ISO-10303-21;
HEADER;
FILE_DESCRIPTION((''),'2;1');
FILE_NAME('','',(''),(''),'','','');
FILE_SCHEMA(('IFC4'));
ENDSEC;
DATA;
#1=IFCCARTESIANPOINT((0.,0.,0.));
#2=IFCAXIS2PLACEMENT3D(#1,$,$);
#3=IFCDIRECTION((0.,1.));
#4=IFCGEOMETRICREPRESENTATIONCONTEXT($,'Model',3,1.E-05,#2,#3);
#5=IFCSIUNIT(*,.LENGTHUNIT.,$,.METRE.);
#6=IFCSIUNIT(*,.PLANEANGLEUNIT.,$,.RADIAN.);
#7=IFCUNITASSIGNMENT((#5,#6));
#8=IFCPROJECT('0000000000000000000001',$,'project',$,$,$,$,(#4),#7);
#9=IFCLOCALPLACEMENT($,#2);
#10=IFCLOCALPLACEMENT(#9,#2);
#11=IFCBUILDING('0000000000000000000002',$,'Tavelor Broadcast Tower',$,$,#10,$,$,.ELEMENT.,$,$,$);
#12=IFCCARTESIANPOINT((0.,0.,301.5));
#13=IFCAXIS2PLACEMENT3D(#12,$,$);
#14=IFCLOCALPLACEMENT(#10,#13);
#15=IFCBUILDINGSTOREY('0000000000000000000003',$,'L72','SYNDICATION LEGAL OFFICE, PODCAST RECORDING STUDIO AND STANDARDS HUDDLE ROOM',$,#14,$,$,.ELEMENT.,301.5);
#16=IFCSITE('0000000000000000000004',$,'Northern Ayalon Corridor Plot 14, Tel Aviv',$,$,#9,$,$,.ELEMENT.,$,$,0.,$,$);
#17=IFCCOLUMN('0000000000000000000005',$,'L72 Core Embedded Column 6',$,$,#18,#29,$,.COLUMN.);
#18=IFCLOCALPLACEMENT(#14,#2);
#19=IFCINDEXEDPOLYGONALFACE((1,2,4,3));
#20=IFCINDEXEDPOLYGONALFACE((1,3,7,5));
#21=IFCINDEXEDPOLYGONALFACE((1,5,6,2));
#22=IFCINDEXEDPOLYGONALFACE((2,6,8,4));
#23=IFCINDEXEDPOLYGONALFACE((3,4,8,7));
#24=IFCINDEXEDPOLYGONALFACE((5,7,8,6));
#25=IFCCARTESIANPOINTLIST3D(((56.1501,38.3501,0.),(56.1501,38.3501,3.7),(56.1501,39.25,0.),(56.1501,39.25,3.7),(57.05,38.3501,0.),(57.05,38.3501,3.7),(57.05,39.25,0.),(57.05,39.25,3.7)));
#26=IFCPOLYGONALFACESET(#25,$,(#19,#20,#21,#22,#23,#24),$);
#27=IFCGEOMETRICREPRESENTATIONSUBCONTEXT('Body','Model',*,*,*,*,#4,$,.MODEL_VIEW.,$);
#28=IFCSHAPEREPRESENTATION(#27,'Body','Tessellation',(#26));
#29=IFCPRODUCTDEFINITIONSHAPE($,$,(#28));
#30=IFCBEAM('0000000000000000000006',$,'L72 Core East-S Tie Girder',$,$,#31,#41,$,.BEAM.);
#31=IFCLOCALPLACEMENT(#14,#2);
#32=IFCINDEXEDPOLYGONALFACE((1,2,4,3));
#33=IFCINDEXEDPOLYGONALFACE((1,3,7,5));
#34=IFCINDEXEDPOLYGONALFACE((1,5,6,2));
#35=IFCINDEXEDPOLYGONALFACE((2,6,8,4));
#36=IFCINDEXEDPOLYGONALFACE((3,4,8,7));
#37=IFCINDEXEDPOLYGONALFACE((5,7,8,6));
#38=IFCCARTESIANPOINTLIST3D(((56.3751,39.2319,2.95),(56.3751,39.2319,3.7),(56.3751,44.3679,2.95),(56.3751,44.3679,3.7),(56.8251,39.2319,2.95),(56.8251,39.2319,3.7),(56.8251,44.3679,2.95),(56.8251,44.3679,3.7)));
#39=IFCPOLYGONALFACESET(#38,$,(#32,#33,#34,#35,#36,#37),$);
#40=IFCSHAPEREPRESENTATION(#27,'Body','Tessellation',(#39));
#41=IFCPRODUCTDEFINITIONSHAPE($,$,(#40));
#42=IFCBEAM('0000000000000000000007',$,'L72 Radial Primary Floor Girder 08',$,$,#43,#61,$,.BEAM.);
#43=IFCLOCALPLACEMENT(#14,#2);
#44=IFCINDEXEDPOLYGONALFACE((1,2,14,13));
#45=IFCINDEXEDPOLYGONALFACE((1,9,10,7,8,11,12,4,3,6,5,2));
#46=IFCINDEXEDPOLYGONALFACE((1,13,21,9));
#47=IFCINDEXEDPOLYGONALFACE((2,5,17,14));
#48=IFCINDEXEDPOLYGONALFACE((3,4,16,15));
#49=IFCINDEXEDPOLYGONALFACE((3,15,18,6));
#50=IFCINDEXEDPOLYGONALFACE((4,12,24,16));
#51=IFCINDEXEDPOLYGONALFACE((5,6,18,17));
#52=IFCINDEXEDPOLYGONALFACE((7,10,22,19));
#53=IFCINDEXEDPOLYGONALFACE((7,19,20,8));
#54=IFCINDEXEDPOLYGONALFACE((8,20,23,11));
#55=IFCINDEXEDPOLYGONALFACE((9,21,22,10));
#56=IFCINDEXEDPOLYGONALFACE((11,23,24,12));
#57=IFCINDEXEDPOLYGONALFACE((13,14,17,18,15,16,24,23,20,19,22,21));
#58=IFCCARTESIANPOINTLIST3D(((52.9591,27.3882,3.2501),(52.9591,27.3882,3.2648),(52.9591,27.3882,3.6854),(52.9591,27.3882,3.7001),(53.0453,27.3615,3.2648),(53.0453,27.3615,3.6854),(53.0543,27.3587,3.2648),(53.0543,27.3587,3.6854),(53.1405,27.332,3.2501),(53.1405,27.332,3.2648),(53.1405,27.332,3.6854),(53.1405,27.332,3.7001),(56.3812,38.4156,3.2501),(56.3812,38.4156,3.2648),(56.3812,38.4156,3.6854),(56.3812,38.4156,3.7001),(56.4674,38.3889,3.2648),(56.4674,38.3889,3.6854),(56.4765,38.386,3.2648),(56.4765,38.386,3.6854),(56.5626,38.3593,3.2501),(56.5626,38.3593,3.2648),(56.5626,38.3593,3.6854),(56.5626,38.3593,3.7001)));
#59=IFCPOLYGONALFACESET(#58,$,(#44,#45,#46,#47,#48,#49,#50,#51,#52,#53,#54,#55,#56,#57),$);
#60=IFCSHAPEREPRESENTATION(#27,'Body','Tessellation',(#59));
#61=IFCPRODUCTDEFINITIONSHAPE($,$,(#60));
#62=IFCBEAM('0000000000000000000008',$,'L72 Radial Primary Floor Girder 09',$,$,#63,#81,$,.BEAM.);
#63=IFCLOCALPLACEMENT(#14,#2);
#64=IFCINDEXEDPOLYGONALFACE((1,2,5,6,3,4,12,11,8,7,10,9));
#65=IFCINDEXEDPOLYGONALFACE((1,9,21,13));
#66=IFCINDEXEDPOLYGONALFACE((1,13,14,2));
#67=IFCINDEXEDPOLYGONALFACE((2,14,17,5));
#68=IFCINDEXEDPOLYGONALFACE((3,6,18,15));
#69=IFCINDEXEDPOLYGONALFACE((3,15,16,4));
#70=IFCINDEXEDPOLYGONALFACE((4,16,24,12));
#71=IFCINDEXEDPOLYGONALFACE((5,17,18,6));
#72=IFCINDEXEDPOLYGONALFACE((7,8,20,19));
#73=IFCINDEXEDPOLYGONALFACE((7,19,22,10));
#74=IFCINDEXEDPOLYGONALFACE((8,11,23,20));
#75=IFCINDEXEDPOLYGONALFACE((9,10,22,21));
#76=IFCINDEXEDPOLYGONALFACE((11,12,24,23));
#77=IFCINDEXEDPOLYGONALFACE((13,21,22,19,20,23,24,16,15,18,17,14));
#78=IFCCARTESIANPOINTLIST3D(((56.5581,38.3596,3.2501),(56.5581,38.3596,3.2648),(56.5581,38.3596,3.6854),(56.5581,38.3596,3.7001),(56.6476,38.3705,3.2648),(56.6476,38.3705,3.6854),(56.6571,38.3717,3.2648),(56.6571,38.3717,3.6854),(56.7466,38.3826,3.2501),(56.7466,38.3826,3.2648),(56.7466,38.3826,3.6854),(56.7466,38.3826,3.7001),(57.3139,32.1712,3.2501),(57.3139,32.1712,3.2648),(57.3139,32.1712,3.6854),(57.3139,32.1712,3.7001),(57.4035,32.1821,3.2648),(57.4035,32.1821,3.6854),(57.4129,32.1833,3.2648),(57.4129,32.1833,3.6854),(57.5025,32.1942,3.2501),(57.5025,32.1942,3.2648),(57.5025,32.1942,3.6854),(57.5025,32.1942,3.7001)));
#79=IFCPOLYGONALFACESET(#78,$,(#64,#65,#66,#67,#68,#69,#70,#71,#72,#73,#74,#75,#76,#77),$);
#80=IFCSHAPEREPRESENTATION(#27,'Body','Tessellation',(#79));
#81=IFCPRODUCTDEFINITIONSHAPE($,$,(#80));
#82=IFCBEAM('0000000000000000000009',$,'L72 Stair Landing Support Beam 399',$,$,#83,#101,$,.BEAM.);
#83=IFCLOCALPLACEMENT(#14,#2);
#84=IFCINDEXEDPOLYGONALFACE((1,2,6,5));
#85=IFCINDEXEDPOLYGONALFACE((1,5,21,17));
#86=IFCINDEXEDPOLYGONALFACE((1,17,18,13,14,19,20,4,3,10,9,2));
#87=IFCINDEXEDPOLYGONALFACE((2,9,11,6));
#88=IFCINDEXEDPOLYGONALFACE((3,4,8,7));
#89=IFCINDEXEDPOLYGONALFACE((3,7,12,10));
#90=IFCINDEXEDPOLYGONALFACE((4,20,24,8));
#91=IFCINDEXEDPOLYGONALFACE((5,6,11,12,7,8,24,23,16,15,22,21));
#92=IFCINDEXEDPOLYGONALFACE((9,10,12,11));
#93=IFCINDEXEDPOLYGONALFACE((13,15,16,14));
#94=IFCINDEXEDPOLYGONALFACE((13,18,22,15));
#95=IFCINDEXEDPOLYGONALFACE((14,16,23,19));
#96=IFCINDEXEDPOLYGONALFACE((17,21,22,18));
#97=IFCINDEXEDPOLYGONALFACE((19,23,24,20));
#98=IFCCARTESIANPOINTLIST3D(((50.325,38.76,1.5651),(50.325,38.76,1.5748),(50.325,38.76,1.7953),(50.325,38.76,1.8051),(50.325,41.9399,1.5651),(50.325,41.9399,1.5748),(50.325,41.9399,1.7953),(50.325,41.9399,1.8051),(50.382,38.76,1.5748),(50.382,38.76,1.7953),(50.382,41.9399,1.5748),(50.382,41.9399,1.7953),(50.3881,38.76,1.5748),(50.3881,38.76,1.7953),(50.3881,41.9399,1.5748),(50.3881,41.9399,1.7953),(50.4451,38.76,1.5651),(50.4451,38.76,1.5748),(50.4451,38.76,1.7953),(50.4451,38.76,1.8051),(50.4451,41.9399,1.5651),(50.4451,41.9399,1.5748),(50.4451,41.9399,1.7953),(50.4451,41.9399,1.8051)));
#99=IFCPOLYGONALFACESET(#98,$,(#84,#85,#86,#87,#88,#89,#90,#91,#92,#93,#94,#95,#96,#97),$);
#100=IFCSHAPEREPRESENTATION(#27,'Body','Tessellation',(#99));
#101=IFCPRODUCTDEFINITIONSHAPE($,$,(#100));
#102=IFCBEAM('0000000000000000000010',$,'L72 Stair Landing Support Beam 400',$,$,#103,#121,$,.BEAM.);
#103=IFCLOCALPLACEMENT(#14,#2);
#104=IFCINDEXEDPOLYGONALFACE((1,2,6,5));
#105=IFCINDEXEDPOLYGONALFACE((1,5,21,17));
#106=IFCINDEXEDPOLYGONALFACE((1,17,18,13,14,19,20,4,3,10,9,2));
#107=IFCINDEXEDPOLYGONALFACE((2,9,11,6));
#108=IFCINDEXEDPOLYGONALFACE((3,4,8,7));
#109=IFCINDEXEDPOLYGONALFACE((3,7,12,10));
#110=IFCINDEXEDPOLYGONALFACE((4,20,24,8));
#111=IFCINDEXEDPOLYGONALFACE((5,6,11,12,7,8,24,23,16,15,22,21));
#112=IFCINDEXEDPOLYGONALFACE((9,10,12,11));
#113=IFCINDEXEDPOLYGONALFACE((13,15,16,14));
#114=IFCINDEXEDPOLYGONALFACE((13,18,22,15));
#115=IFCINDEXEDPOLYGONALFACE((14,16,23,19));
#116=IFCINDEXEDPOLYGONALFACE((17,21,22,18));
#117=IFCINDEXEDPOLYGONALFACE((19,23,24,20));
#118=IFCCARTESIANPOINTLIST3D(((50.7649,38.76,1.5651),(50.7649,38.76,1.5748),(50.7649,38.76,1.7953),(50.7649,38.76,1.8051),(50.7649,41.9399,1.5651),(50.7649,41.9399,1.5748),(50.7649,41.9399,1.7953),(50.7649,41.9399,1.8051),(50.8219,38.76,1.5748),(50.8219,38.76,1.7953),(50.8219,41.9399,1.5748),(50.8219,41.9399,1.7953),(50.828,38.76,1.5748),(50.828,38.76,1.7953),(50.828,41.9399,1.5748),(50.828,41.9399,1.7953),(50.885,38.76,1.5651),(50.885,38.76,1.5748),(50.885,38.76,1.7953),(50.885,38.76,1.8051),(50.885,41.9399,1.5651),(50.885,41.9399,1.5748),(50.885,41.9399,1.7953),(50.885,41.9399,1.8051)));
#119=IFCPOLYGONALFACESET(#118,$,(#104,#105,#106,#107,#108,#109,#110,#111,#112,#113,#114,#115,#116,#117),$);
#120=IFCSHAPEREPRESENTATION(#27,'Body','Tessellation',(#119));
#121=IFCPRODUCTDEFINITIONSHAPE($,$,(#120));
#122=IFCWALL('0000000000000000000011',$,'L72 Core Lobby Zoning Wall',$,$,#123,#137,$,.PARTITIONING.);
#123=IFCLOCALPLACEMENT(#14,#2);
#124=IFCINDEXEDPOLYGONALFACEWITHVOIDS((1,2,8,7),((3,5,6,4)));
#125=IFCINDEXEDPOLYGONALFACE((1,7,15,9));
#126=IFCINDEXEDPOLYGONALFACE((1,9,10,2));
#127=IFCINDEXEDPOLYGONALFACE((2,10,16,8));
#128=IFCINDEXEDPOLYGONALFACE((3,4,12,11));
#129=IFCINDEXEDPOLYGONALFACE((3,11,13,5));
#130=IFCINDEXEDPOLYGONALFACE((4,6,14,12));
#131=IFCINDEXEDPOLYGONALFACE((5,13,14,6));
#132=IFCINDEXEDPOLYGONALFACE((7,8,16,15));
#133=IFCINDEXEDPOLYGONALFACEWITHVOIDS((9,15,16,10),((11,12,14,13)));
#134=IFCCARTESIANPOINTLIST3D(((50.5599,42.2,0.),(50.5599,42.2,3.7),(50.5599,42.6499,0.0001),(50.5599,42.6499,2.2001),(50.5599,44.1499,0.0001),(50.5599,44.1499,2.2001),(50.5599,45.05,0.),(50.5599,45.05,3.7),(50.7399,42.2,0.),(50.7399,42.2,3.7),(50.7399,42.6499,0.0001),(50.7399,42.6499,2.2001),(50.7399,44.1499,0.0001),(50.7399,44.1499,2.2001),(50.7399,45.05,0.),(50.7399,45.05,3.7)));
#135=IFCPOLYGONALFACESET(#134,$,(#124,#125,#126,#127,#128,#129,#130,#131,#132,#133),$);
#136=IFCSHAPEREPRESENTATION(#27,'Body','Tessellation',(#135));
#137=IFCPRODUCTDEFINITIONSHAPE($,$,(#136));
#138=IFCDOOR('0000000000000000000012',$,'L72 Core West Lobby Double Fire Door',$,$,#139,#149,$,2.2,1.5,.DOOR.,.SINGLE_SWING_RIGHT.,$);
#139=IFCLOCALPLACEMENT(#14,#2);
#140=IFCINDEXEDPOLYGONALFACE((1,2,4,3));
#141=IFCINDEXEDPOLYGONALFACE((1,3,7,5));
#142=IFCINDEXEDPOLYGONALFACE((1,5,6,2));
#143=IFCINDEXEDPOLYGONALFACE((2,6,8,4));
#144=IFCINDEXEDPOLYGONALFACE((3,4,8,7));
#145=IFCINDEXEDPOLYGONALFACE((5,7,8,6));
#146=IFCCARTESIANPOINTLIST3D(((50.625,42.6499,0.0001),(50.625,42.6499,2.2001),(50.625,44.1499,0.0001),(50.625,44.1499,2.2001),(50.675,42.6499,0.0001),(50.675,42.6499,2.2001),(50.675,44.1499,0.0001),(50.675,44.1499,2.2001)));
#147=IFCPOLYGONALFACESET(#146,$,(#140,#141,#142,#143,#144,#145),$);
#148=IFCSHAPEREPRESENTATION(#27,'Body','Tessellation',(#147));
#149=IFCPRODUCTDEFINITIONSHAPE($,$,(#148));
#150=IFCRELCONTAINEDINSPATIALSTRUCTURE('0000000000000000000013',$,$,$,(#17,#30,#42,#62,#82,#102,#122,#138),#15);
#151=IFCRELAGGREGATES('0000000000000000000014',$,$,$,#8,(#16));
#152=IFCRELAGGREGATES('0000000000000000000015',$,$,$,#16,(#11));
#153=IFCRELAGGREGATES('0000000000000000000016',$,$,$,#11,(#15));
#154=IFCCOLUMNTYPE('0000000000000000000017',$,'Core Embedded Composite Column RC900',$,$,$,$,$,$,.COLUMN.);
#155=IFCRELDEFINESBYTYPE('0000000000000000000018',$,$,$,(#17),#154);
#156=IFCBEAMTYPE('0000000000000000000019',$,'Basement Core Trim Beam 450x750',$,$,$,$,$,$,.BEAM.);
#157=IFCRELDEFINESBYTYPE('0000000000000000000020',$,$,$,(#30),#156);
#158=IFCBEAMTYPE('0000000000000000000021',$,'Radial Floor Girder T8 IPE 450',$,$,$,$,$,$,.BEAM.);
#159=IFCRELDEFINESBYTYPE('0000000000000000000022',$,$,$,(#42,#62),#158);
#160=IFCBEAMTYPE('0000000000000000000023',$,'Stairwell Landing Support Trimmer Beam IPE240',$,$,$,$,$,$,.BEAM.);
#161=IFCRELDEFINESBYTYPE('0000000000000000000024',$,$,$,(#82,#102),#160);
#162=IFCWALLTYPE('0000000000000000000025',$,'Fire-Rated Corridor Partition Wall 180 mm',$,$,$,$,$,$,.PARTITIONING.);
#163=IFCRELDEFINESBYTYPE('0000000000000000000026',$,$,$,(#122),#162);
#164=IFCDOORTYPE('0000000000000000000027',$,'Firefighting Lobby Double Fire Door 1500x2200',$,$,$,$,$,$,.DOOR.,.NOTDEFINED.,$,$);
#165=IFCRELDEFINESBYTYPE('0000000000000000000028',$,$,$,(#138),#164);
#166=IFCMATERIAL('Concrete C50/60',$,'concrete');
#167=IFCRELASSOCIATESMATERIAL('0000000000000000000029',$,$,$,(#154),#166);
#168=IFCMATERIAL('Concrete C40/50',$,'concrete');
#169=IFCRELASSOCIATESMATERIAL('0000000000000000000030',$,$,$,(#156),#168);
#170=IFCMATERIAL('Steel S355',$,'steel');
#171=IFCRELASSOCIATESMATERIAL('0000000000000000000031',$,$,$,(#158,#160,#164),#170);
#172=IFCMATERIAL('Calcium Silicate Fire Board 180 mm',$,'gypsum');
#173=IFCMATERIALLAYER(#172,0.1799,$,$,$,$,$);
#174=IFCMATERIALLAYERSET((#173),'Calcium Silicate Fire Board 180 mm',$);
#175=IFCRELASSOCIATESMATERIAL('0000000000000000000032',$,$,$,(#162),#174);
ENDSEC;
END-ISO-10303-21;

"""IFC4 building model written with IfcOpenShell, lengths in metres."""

from ifc_helpers import new_model, si_unit, direction, frame, frame_2d, origin, origin_2d, place, context, subcontext, project, spatial, rectangle, i_section, extrude, material, layer, layer_set, material_profile, profile_set, type_object, element, fill, save


model = new_model("IFC4")

# Units and contexts
model_context = context("Model", 3, precision=1e-05, world=origin(), true_north=direction((0.0, 1.0)))
body_context = subcontext(model_context, "Body", "Model", "MODEL_VIEW")
ifc_project = project(units=[si_unit("LENGTHUNIT", "METRE"), si_unit("PLANEANGLEUNIT", "RADIAN")], contexts=[model_context])

# Site, building, storey
site_placement = place(None, origin())
site = spatial("IfcSite", under=ifc_project, at=site_placement, Name="Northern Ayalon Corridor Plot 14, Tel Aviv", CompositionType="ELEMENT", RefElevation=0.0)
building_placement = place(site_placement, origin())
building = spatial("IfcBuilding", under=site, at=building_placement, Name="Tavelor Broadcast Tower", CompositionType="ELEMENT")
storey_placement = place(building_placement, frame((0.0, 0.0, 301.5)))
storey = spatial("IfcBuildingStorey", under=building, at=storey_placement, Name="L72", Description="SYNDICATION LEGAL OFFICE, PODCAST RECORDING STUDIO AND STANDARDS HUDDLE ROOM", CompositionType="ELEMENT", Elevation=301.5)

# Column
ifc_material_1 = material(Name="Concrete C50/60", Category="concrete")
ifc_material_profile_1 = material_profile(ifc_material_1, rectangle(XDim=0.8999, YDim=0.8999, at=origin_2d()), Name="RC 900x900")
ifc_profile_set_1 = profile_set([ifc_material_profile_1], Name="Concrete C50/60")
column_type = type_object("IfcColumnType", Name="Core Embedded Composite Column RC900", PredefinedType="COLUMN", material=ifc_profile_set_1)
column_placement = place(storey_placement, frame((56.6001, 38.8, 0.0), z_axis=(0.0, 0.0, 1.0), x_axis=(1.0, 0.0, 0.0)))
element("IfcColumn", 1, at=column_placement, inside=storey, type_object=column_type, Name="L72 Core Embedded Column 6", PredefinedType="COLUMN", context=body_context, shape_type="SweptSolid", body=[
    extrude(rectangle(XDim=0.8999, YDim=0.8999, at=origin_2d()), origin(), (0.0, 0.0, 1.0), 3.7),
])

# Beams
ifc_material_2 = material(Name="Concrete C40/50", Category="concrete")
ifc_material_profile_2 = material_profile(ifc_material_2, rectangle(XDim=0.45, YDim=0.75, at=origin_2d()), Name="RC 450x750")
ifc_profile_set_2 = profile_set([ifc_material_profile_2], Name="Concrete C40/50")
beam_type_1 = type_object("IfcBeamType", Name="Basement Core Trim Beam 450x750", PredefinedType="BEAM", material=ifc_profile_set_2)
beam_1_placement = place(storey_placement, frame((56.6001, 39.2319, 3.325), z_axis=(0.0, 1.0, 0.0), x_axis=(-1.0, 0.0, 0.0)))
element("IfcBeam", 2, at=beam_1_placement, inside=storey, type_object=beam_type_1, Name="L72 Core East-S Tie Girder", PredefinedType="BEAM", context=body_context, shape_type="SweptSolid", body=[
    extrude(rectangle(XDim=0.45, YDim=0.75, at=origin_2d()), origin(), (0.0, 0.0, 1.0), 5.136),
])
ifc_material_3 = material(Name="Steel S355", Category="steel")
ifc_material_profile_3 = material_profile(ifc_material_3, i_section(OverallWidth=0.1899, OverallDepth=0.45, WebThickness=0.0095, FlangeThickness=0.0146, at=origin_2d()), Name="IPE 450")
ifc_profile_set_3 = profile_set([ifc_material_profile_3], Name="Steel S355")
beam_type_2 = type_object("IfcBeamType", Name="Radial Floor Girder T8 IPE 450", PredefinedType="BEAM", material=ifc_profile_set_3)
beam_2_placement = place(storey_placement, frame((56.4719, 38.3875, 3.4751), z_axis=(-0.296387, -0.955068, 0.0), x_axis=(0.955068, -0.296387, 0.0)))
element("IfcBeam", 3, at=beam_2_placement, inside=storey, type_object=beam_type_2, Name="L72 Radial Primary Floor Girder 08", PredefinedType="BEAM", context=body_context, shape_type="SweptSolid", body=[
    extrude(i_section(OverallWidth=0.1899, OverallDepth=0.45, WebThickness=0.0095, FlangeThickness=0.0146, at=origin_2d()), origin(), (0.0, 0.0, 1.0), 11.5461),
])
beam_3_placement = place(storey_placement, frame((56.6523, 38.3711, 3.4751), z_axis=(0.121239, -0.992623, 0.0), x_axis=(0.992623, 0.121239, 0.0)))
element("IfcBeam", 4, at=beam_3_placement, inside=storey, type_object=beam_type_2, Name="L72 Radial Primary Floor Girder 09", PredefinedType="BEAM", context=body_context, shape_type="SweptSolid", body=[
    extrude(i_section(OverallWidth=0.1899, OverallDepth=0.45, WebThickness=0.0095, FlangeThickness=0.0146, at=origin_2d()), origin(), (0.0, 0.0, 1.0), 6.2344),
])
ifc_material_profile_4 = material_profile(ifc_material_3, i_section(OverallWidth=0.1201, OverallDepth=0.24, WebThickness=0.0061, FlangeThickness=0.0098, at=origin_2d()), Name="IPE 240")
ifc_profile_set_4 = profile_set([ifc_material_profile_4], Name="Steel S355")
beam_type_3 = type_object("IfcBeamType", Name="Stairwell Landing Support Trimmer Beam IPE240", PredefinedType="BEAM", material=ifc_profile_set_4)
for number, where, z_axis, x_axis, name in (
    (5, (50.385, 38.76, 1.6851), (0.0, 1.0, 0.0), (-1.0, 0.0, 0.0), "L72 Stair Landing Support Beam 399"),
    (6, (50.825, 38.76, 1.6851), (0.0, 1.0, 0.0), (-1.0, 0.0, 0.0), "L72 Stair Landing Support Beam 400"),
):
    element("IfcBeam", number, at=place(storey_placement, frame(where, z_axis=z_axis, x_axis=x_axis)), inside=storey, type_object=beam_type_3, Name=name, PredefinedType="BEAM", context=body_context, shape_type="SweptSolid", body=[
        extrude(i_section(OverallWidth=0.1201, OverallDepth=0.24, WebThickness=0.0061, FlangeThickness=0.0098, at=origin_2d()), origin(), (0.0, 0.0, 1.0), 3.1799),
    ])

# Wall, opening, door
ifc_material_4 = material(Name="Calcium Silicate Fire Board 180 mm", Category="gypsum")
ifc_layer_1 = layer(ifc_material_4, 0.1799)
ifc_layer_set_1 = layer_set([ifc_layer_1], Name="Calcium Silicate Fire Board 180 mm")
wall_type_1 = type_object("IfcWallType", Name="Fire-Rated Corridor Partition Wall 180 mm", PredefinedType="PARTITIONING", material=ifc_layer_set_1)
wall_1_placement = place(storey_placement, frame((50.6499, 42.2, 0.0), z_axis=(0.0, 0.0, 1.0), x_axis=(0.0, 1.0, 0.0)))
wall_1 = element("IfcWall", 7, at=wall_1_placement, inside=storey, type_object=wall_type_1, Name="L72 Core Lobby Zoning Wall", PredefinedType="PARTITIONING", context=body_context, shape_type="SweptSolid", body=[
    extrude(rectangle(XDim=2.8501, YDim=0.1799, at=frame_2d((1.425, 0.0))), origin(), (0.0, 0.0, 1.0), 3.7),
])
opening_1_placement = place(wall_1_placement, frame((0.45, 0.0, 0.0)))
opening_1 = element("IfcOpeningElement", 8, at=opening_1_placement, cuts=wall_1, PredefinedType="OPENING", context=body_context, shape_type="SweptSolid", body=[
    extrude(rectangle(XDim=1.5, YDim=2.2, at=frame_2d((0.75, 1.1001))), frame((0.0, 0.1001, 0.0), z_axis=(0.0, -1.0, 0.0), x_axis=(1.0, 0.0, 0.0)), (0.0, 0.0, 1.0), 0.2),
])
door_type_1 = type_object("IfcDoorType", Name="Firefighting Lobby Double Fire Door 1500x2200", OperationType="NOTDEFINED", PredefinedType="DOOR", material=ifc_material_3)
door_1_placement = place(opening_1_placement, origin())
door_1 = element("IfcDoor", 9, at=door_1_placement, inside=storey, type_object=door_type_1, Name="L72 Core West Lobby Double Fire Door", OperationType="SINGLE_SWING_RIGHT", OverallHeight=2.2, OverallWidth=1.5, PredefinedType="DOOR", context=body_context, shape_type="SweptSolid", body=[
    extrude(rectangle(XDim=1.5, YDim=2.2, at=frame_2d((0.75, 1.1001))), frame((0.0, 0.0249, 0.0), z_axis=(0.0, -1.0, 0.0), x_axis=(1.0, 0.0, 0.0)), (0.0, 0.0, 1.0), 0.05),
])
fill(opening_1, door_1)

save(model, "model.ifc")
